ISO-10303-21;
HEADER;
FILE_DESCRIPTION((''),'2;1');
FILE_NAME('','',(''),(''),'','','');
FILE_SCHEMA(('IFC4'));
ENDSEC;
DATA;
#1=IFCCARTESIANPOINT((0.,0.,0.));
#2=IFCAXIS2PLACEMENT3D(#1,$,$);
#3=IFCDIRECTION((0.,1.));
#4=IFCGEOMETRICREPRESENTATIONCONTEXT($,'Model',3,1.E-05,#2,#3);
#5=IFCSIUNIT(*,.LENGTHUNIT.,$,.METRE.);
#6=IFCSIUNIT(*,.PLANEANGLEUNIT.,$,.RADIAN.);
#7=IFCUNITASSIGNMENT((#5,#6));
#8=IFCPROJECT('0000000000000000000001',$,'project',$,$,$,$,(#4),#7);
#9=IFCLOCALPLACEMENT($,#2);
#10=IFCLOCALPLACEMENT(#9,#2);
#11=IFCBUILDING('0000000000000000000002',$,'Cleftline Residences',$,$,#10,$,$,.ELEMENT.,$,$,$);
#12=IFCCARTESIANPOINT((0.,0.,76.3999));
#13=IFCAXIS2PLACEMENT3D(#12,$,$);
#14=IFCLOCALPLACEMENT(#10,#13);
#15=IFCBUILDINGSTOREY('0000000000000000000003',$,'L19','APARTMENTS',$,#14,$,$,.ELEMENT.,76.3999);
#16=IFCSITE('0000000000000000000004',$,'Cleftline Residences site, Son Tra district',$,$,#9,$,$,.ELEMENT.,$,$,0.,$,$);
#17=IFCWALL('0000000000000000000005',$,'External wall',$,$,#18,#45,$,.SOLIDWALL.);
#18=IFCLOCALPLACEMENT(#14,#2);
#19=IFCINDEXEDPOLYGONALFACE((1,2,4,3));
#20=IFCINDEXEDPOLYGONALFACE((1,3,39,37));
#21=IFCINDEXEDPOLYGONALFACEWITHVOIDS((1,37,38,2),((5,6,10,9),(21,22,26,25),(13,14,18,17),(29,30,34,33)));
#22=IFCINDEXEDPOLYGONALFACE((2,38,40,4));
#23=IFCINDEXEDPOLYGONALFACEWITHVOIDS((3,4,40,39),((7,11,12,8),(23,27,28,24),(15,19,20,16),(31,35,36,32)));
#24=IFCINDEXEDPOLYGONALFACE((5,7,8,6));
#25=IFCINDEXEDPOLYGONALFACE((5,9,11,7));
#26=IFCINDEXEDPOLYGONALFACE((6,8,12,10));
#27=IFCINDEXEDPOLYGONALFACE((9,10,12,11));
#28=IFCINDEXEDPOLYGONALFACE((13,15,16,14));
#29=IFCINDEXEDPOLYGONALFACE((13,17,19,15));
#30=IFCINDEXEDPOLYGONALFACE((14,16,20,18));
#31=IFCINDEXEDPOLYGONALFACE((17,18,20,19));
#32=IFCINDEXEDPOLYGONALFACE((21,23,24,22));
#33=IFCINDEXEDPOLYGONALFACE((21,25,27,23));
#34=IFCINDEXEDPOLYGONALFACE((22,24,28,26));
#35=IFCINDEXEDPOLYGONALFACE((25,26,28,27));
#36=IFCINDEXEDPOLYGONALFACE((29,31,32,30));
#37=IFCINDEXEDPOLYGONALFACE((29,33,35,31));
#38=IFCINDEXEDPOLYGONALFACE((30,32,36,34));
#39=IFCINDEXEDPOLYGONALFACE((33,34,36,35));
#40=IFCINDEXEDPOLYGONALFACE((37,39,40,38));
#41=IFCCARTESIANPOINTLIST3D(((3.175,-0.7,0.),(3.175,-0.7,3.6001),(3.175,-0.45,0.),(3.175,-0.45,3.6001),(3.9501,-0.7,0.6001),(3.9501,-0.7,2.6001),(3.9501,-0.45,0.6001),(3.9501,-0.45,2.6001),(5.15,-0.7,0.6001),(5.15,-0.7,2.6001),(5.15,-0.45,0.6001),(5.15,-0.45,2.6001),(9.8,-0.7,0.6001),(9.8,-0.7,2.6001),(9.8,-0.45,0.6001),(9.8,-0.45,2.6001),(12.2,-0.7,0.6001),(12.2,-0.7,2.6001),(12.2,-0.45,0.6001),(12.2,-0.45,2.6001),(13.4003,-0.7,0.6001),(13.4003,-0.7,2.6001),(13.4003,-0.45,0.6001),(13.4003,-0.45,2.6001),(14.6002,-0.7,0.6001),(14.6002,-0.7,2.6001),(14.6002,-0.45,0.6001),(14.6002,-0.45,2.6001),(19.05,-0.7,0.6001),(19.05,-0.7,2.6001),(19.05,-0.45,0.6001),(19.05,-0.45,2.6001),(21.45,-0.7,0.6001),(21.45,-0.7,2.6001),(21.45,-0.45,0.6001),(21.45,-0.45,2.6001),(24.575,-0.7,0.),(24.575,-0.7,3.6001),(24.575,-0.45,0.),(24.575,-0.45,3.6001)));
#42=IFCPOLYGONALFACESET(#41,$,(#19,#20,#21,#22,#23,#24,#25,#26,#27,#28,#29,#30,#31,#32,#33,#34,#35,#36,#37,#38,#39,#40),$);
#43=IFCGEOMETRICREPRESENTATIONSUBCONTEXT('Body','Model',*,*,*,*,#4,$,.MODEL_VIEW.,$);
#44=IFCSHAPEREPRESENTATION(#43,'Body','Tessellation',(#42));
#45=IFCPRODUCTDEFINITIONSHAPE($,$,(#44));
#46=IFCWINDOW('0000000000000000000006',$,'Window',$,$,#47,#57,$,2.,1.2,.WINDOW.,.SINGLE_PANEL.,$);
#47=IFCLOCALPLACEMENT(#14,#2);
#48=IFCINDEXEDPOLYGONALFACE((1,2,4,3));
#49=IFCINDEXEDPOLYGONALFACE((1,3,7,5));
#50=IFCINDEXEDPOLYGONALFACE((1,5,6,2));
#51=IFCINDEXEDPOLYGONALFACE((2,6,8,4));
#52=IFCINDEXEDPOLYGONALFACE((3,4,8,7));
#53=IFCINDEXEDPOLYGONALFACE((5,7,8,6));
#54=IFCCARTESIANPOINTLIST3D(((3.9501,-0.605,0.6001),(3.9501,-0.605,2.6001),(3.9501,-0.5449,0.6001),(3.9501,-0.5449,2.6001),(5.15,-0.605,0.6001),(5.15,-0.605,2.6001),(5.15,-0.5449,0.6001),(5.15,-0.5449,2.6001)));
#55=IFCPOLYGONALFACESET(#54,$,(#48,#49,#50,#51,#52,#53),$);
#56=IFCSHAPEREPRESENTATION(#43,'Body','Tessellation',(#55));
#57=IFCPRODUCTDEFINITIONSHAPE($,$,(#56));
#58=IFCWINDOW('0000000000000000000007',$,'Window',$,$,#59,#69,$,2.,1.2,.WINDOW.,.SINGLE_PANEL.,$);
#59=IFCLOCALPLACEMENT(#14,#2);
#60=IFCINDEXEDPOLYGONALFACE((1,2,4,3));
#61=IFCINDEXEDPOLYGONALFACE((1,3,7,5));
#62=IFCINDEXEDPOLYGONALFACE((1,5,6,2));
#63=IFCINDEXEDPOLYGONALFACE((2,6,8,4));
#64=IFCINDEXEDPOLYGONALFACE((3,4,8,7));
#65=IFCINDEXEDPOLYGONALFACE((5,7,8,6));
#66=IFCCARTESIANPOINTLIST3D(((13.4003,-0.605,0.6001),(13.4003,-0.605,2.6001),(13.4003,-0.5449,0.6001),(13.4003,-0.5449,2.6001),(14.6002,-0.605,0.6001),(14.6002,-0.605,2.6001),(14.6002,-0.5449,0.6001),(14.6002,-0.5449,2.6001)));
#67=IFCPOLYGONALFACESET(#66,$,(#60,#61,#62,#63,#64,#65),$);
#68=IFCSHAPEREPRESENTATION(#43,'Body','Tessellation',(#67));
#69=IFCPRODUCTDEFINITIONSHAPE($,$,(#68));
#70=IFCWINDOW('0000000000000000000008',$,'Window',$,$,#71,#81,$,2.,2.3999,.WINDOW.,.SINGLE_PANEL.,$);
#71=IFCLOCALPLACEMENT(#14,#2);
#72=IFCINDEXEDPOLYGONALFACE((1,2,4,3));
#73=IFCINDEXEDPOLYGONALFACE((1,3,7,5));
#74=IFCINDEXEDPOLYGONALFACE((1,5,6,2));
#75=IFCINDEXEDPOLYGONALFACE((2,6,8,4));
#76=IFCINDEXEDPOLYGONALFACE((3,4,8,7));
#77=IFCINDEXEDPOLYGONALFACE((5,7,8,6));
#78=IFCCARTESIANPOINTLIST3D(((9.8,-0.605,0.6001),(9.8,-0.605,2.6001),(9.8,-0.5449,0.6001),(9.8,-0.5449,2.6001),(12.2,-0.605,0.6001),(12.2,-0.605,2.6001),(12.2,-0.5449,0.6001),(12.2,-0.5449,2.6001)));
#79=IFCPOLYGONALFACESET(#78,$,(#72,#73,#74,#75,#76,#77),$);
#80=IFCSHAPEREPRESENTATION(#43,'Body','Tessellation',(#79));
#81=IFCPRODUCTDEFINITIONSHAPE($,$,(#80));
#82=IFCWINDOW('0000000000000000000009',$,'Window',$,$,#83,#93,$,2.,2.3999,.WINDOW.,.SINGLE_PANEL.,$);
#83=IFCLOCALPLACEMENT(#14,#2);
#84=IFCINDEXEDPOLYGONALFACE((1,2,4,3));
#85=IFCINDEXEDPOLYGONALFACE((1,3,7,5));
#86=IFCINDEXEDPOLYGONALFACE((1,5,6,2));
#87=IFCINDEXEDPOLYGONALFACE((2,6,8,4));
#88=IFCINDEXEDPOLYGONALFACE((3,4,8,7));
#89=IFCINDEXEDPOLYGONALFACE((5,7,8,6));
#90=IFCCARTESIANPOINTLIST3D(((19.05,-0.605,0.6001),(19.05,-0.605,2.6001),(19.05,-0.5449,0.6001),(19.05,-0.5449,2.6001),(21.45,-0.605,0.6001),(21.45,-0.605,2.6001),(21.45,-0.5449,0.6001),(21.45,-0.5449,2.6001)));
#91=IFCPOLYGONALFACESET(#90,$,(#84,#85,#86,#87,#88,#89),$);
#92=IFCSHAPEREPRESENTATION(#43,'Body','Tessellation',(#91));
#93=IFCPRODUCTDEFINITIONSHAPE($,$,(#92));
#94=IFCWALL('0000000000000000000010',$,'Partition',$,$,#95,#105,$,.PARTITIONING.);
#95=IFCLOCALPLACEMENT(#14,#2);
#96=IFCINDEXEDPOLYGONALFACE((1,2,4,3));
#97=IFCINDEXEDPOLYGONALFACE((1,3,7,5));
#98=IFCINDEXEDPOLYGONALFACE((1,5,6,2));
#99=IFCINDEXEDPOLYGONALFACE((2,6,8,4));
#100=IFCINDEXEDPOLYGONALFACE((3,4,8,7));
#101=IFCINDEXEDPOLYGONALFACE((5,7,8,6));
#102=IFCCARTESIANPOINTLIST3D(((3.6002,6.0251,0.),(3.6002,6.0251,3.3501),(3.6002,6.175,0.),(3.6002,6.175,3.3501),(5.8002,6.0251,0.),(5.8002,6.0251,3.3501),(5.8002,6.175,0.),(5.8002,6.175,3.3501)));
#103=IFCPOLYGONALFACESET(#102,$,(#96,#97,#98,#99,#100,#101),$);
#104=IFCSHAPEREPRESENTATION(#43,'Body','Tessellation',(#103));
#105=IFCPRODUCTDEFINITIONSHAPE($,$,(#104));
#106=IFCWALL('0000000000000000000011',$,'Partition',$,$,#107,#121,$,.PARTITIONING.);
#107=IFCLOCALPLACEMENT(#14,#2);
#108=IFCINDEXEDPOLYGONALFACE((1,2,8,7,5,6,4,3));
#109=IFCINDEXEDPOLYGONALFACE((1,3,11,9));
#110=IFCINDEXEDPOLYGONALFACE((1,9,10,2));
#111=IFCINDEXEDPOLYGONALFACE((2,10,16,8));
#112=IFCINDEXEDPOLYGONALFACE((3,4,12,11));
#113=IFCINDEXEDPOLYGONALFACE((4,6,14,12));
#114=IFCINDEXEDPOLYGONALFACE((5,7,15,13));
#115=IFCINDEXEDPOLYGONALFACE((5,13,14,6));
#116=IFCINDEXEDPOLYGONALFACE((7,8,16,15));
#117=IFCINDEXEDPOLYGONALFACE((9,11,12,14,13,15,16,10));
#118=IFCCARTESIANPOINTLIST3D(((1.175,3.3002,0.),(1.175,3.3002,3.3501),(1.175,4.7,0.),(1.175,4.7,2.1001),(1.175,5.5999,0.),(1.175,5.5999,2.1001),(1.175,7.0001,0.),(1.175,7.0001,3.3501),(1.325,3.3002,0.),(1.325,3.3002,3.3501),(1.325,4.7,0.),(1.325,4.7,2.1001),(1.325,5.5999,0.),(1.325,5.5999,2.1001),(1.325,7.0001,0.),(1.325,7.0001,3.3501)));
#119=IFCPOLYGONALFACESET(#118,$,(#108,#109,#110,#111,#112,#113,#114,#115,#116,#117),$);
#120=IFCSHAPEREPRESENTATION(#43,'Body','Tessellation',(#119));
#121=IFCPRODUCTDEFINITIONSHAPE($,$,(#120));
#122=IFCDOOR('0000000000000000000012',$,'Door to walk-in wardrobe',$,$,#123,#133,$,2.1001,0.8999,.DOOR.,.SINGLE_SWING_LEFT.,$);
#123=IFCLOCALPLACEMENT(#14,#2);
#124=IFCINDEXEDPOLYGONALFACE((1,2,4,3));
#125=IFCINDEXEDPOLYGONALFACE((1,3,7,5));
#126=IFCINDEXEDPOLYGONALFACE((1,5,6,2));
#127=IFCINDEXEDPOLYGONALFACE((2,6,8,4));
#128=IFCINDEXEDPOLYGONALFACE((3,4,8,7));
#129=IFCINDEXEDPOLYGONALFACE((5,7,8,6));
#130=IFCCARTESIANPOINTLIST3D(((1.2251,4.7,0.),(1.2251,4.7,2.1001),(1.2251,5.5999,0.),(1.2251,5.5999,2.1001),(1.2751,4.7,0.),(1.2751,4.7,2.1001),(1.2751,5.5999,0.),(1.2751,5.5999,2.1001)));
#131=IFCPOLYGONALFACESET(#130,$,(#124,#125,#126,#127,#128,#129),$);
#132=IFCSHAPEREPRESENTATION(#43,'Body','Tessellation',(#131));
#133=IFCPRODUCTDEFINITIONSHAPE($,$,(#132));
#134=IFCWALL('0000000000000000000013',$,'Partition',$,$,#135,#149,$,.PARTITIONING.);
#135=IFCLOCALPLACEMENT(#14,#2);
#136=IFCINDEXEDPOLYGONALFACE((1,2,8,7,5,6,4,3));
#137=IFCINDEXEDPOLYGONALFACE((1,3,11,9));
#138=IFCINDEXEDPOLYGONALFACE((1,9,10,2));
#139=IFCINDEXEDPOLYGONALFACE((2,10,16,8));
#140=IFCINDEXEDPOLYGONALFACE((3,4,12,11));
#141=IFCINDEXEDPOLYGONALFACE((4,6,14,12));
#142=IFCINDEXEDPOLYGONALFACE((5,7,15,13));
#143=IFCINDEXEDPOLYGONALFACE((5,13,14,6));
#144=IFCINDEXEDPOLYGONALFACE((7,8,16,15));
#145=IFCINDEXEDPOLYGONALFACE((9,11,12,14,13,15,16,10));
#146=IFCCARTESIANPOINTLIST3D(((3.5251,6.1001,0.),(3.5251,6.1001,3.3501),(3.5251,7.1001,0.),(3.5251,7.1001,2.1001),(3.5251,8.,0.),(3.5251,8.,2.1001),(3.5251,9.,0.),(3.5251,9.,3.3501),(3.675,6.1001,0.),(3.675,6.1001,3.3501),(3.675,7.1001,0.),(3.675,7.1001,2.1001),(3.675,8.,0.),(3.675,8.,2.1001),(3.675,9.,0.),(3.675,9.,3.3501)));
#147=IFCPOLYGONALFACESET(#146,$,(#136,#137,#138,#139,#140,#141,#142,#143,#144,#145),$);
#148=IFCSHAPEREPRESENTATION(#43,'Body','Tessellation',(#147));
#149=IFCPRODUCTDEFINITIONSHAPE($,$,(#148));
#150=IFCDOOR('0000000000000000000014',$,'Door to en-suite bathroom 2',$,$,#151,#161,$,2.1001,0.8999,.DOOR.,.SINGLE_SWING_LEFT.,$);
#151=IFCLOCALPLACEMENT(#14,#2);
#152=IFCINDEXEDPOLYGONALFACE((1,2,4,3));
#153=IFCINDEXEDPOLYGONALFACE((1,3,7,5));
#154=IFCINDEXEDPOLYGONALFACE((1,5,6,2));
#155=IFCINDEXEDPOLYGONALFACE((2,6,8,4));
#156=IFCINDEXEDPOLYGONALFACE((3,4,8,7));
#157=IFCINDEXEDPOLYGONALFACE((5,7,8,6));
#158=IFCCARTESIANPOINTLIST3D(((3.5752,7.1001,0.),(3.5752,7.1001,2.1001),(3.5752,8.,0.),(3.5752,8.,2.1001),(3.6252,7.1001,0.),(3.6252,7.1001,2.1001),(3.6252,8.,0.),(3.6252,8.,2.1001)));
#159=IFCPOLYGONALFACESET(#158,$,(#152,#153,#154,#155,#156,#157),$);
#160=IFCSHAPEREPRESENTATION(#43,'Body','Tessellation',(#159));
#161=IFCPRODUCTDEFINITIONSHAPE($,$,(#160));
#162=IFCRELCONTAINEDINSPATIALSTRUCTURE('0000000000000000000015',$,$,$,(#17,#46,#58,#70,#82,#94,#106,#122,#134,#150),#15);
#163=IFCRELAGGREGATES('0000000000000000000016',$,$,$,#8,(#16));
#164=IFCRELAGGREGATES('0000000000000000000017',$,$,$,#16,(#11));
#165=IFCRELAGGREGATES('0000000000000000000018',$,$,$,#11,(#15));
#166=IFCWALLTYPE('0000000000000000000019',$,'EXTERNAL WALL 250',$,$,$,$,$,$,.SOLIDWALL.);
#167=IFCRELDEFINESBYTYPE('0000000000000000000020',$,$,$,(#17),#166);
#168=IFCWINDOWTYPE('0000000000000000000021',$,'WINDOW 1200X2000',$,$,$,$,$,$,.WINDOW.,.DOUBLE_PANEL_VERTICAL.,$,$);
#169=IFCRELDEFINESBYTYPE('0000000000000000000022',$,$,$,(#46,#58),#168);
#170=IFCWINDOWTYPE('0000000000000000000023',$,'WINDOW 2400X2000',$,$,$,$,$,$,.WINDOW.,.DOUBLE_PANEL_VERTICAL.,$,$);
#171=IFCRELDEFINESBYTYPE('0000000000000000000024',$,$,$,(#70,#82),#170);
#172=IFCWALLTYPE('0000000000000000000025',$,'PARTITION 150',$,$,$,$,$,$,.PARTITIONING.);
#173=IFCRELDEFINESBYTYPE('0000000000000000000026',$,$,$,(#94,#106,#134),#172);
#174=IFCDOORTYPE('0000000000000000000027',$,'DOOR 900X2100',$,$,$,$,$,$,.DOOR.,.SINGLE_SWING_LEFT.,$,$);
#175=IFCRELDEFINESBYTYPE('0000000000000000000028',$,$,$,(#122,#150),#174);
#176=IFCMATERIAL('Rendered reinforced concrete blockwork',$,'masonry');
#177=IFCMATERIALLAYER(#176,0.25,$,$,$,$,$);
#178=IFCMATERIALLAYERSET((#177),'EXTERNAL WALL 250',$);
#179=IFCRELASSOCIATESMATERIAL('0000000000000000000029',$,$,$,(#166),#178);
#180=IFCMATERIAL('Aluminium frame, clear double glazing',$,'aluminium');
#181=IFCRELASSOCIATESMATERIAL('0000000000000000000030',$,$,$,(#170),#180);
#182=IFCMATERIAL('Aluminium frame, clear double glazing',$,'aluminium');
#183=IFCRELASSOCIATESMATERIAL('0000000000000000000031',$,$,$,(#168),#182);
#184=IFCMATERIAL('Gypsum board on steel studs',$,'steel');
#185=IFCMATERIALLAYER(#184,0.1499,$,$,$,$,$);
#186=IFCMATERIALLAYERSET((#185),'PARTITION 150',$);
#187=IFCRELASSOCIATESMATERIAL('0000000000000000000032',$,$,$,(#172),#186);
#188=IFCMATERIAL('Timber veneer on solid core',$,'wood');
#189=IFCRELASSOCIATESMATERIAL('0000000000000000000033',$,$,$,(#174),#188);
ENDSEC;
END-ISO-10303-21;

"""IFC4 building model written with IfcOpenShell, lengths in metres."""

from ifc_helpers import new_model, si_unit, direction, frame, frame_2d, origin, place, context, subcontext, project, spatial, rectangle, extrude, material, layer, layer_set, type_object, element, fill, save


model = new_model("IFC4")

# Units and contexts
model_context = context("Model", 3, precision=1e-05, world=origin(), true_north=direction((0.0, 1.0)))
body_context = subcontext(model_context, "Body", "Model", "MODEL_VIEW")
ifc_project = project(units=[si_unit("LENGTHUNIT", "METRE"), si_unit("PLANEANGLEUNIT", "RADIAN")], contexts=[model_context])

# Site, building, storey
site_placement = place(None, origin())
site = spatial("IfcSite", under=ifc_project, at=site_placement, Name="Cleftline Residences site, Son Tra district", CompositionType="ELEMENT", RefElevation=0.0)
building_placement = place(site_placement, origin())
building = spatial("IfcBuilding", under=site, at=building_placement, Name="Cleftline Residences", CompositionType="ELEMENT")
storey_placement = place(building_placement, frame((0.0, 0.0, 76.3999)))
storey = spatial("IfcBuildingStorey", under=building, at=storey_placement, Name="L19", Description="APARTMENTS", CompositionType="ELEMENT", Elevation=76.3999)

# Shared definitions
ifc_material_1 = material(Name="Rendered reinforced concrete blockwork", Category="masonry")
ifc_layer_1 = layer(ifc_material_1, 0.25)
ifc_layer_set_1 = layer_set([ifc_layer_1], Name="EXTERNAL WALL 250")
wall_type_1 = type_object("IfcWallType", Name="EXTERNAL WALL 250", PredefinedType="SOLIDWALL", material=ifc_layer_set_1)
ifc_material_2 = material(Name="Aluminium frame, clear double glazing", Category="aluminium")
window_type_1 = type_object("IfcWindowType", Name="WINDOW 2400X2000", PartitioningType="DOUBLE_PANEL_VERTICAL", PredefinedType="WINDOW", material=ifc_material_2)

# Wall, openings, windows
wall_1_placement = place(storey_placement, frame((3.175, -0.575, 0.0), z_axis=(0.0, 0.0, 1.0), x_axis=(1.0, 0.0, 0.0)))
wall_1 = element("IfcWall", 1, at=wall_1_placement, inside=storey, type_object=wall_type_1, Name="External wall", PredefinedType="SOLIDWALL", context=body_context, shape_type="SweptSolid", body=[
    extrude(rectangle(XDim=21.3999, YDim=0.25, at=frame_2d((10.7, 0.0))), origin(), (0.0, 0.0, 1.0), 3.6001),
])
opening_1_placement = place(wall_1_placement, frame((0.7749, 0.0, 0.6001)))
opening_1 = element("IfcOpeningElement", 2, at=opening_1_placement, cuts=wall_1, PredefinedType="OPENING", context=body_context, shape_type="SweptSolid", body=[
    extrude(rectangle(XDim=1.2, YDim=2.0, at=frame_2d((0.6001, 1.0))), frame((0.0, 0.135, 0.0), z_axis=(0.0, -1.0, 0.0), x_axis=(1.0, 0.0, 0.0)), (0.0, 0.0, 1.0), 0.27),
])
opening_2_placement = place(wall_1_placement, frame((6.625, 0.0, 0.6001)))
opening_2 = element("IfcOpeningElement", 3, at=opening_2_placement, cuts=wall_1, PredefinedType="OPENING", context=body_context, shape_type="SweptSolid", body=[
    extrude(rectangle(XDim=2.3999, YDim=2.0, at=frame_2d((1.2, 1.0))), frame((0.0, 0.135, 0.0), z_axis=(0.0, -1.0, 0.0), x_axis=(1.0, 0.0, 0.0)), (0.0, 0.0, 1.0), 0.27),
])
opening_3_placement = place(wall_1_placement, frame((10.2251, 0.0, 0.6001)))
opening_3 = element("IfcOpeningElement", 4, at=opening_3_placement, cuts=wall_1, PredefinedType="OPENING", context=body_context, shape_type="SweptSolid", body=[
    extrude(rectangle(XDim=1.2, YDim=2.0, at=frame_2d((0.6001, 1.0))), frame((0.0, 0.135, 0.0), z_axis=(0.0, -1.0, 0.0), x_axis=(1.0, 0.0, 0.0)), (0.0, 0.0, 1.0), 0.27),
])
opening_4_placement = place(wall_1_placement, frame((15.875, 0.0, 0.6001)))
opening_4 = element("IfcOpeningElement", 5, at=opening_4_placement, cuts=wall_1, PredefinedType="OPENING", context=body_context, shape_type="SweptSolid", body=[
    extrude(rectangle(XDim=2.3999, YDim=2.0, at=frame_2d((1.2, 1.0))), frame((0.0, 0.135, 0.0), z_axis=(0.0, -1.0, 0.0), x_axis=(1.0, 0.0, 0.0)), (0.0, 0.0, 1.0), 0.27),
])
ifc_material_3 = material(Name="Aluminium frame, clear double glazing", Category="aluminium")
window_type_2 = type_object("IfcWindowType", Name="WINDOW 1200X2000", PartitioningType="DOUBLE_PANEL_VERTICAL", PredefinedType="WINDOW", material=ifc_material_3)
window_1_placement = place(opening_1_placement, origin())
window_1 = element("IfcWindow", 6, at=window_1_placement, inside=storey, type_object=window_type_2, Name="Window", OverallHeight=2.0, OverallWidth=1.2, PartitioningType="SINGLE_PANEL", PredefinedType="WINDOW", context=body_context, shape_type="SweptSolid", body=[
    extrude(rectangle(XDim=1.2, YDim=2.0, at=frame_2d((0.6001, 1.0))), frame((0.0, 0.03, 0.0), z_axis=(0.0, -1.0, 0.0), x_axis=(1.0, 0.0, 0.0)), (0.0, 0.0, 1.0), 0.0601),
])
fill(opening_1, window_1)
window_2_placement = place(opening_3_placement, origin())
window_2 = element("IfcWindow", 7, at=window_2_placement, inside=storey, type_object=window_type_2, Name="Window", OverallHeight=2.0, OverallWidth=1.2, PartitioningType="SINGLE_PANEL", PredefinedType="WINDOW", context=body_context, shape_type="SweptSolid", body=[
    extrude(rectangle(XDim=1.2, YDim=2.0, at=frame_2d((0.6001, 1.0))), frame((0.0, 0.03, 0.0), z_axis=(0.0, -1.0, 0.0), x_axis=(1.0, 0.0, 0.0)), (0.0, 0.0, 1.0), 0.0601),
])
fill(opening_3, window_2)
window_3_placement = place(opening_2_placement, origin())
window_3 = element("IfcWindow", 8, at=window_3_placement, inside=storey, type_object=window_type_1, Name="Window", OverallHeight=2.0, OverallWidth=2.3999, PartitioningType="SINGLE_PANEL", PredefinedType="WINDOW", context=body_context, shape_type="SweptSolid", body=[
    extrude(rectangle(XDim=2.3999, YDim=2.0, at=frame_2d((1.2, 1.0))), frame((0.0, 0.03, 0.0), z_axis=(0.0, -1.0, 0.0), x_axis=(1.0, 0.0, 0.0)), (0.0, 0.0, 1.0), 0.0601),
])
fill(opening_2, window_3)
window_4_placement = place(opening_4_placement, origin())
window_4 = element("IfcWindow", 9, at=window_4_placement, inside=storey, type_object=window_type_1, Name="Window", OverallHeight=2.0, OverallWidth=2.3999, PartitioningType="SINGLE_PANEL", PredefinedType="WINDOW", context=body_context, shape_type="SweptSolid", body=[
    extrude(rectangle(XDim=2.3999, YDim=2.0, at=frame_2d((1.2, 1.0))), frame((0.0, 0.03, 0.0), z_axis=(0.0, -1.0, 0.0), x_axis=(1.0, 0.0, 0.0)), (0.0, 0.0, 1.0), 0.0601),
])
fill(opening_4, window_4)

# Wall
ifc_material_4 = material(Name="Gypsum board on steel studs", Category="steel")
ifc_layer_2 = layer(ifc_material_4, 0.1499)
ifc_layer_set_2 = layer_set([ifc_layer_2], Name="PARTITION 150")
wall_type_2 = type_object("IfcWallType", Name="PARTITION 150", PredefinedType="PARTITIONING", material=ifc_layer_set_2)
wall_2_placement = place(storey_placement, frame((3.6001, 6.1001, 0.0), z_axis=(0.0, 0.0, 1.0), x_axis=(1.0, 0.0, 0.0)))
element("IfcWall", 10, at=wall_2_placement, inside=storey, type_object=wall_type_2, Name="Partition", PredefinedType="PARTITIONING", context=body_context, shape_type="SweptSolid", body=[
    extrude(rectangle(XDim=2.2, YDim=0.1499, at=frame_2d((1.1001, 0.0))), origin(), (0.0, 0.0, 1.0), 3.3501),
])

# Walls, openings, doors
wall_3_placement = place(storey_placement, frame((1.25, 3.3, 0.0), z_axis=(0.0, 0.0, 1.0), x_axis=(0.0, 1.0, 0.0)))
wall_3 = element("IfcWall", 11, at=wall_3_placement, inside=storey, type_object=wall_type_2, Name="Partition", PredefinedType="PARTITIONING", context=body_context, shape_type="SweptSolid", body=[
    extrude(rectangle(XDim=3.7, YDim=0.1499, at=frame_2d((1.8501, 0.0))), origin(), (0.0, 0.0, 1.0), 3.3501),
])
opening_5_placement = place(wall_3_placement, frame((1.3999, 0.0, 0.0)))
opening_5 = element("IfcOpeningElement", 12, at=opening_5_placement, cuts=wall_3, PredefinedType="OPENING", context=body_context, shape_type="SweptSolid", body=[
    extrude(rectangle(XDim=0.8999, YDim=2.1001, at=frame_2d((0.45, 1.05))), frame((0.0, 0.085, 0.0), z_axis=(0.0, -1.0, 0.0), x_axis=(1.0, 0.0, 0.0)), (0.0, 0.0, 1.0), 0.1699),
])
ifc_material_5 = material(Name="Timber veneer on solid core", Category="wood")
door_type = type_object("IfcDoorType", Name="DOOR 900X2100", OperationType="SINGLE_SWING_LEFT", PredefinedType="DOOR", material=ifc_material_5)
door_1_placement = place(opening_5_placement, origin())
door_1 = element("IfcDoor", 13, at=door_1_placement, inside=storey, type_object=door_type, Name="Door to walk-in wardrobe", OperationType="SINGLE_SWING_LEFT", OverallHeight=2.1001, OverallWidth=0.8999, PredefinedType="DOOR", context=body_context, shape_type="SweptSolid", body=[
    extrude(rectangle(XDim=0.8999, YDim=2.1001, at=frame_2d((0.45, 1.05))), frame((0.0, 0.0249, 0.0), z_axis=(0.0, -1.0, 0.0), x_axis=(1.0, 0.0, 0.0)), (0.0, 0.0, 1.0), 0.05),
])
fill(opening_5, door_1)
wall_4_placement = place(storey_placement, frame((3.6001, 6.1001, 0.0), z_axis=(0.0, 0.0, 1.0), x_axis=(0.0, 1.0, 0.0)))
wall_4 = element("IfcWall", 14, at=wall_4_placement, inside=storey, type_object=wall_type_2, Name="Partition", PredefinedType="PARTITIONING", context=body_context, shape_type="SweptSolid", body=[
    extrude(rectangle(XDim=2.8999, YDim=0.1499, at=frame_2d((1.45, 0.0))), origin(), (0.0, 0.0, 1.0), 3.3501),
])
opening_6_placement = place(wall_4_placement, frame((1.0, 0.0, 0.0)))
opening_6 = element("IfcOpeningElement", 15, at=opening_6_placement, cuts=wall_4, PredefinedType="OPENING", context=body_context, shape_type="SweptSolid", body=[
    extrude(rectangle(XDim=0.8999, YDim=2.1001, at=frame_2d((0.45, 1.05))), frame((0.0, 0.085, 0.0), z_axis=(0.0, -1.0, 0.0), x_axis=(1.0, 0.0, 0.0)), (0.0, 0.0, 1.0), 0.1699),
])
door_2_placement = place(opening_6_placement, origin())
door_2 = element("IfcDoor", 16, at=door_2_placement, inside=storey, type_object=door_type, Name="Door to en-suite bathroom 2", OperationType="SINGLE_SWING_LEFT", OverallHeight=2.1001, OverallWidth=0.8999, PredefinedType="DOOR", context=body_context, shape_type="SweptSolid", body=[
    extrude(rectangle(XDim=0.8999, YDim=2.1001, at=frame_2d((0.45, 1.05))), frame((0.0, 0.0249, 0.0), z_axis=(0.0, -1.0, 0.0), x_axis=(1.0, 0.0, 0.0)), (0.0, 0.0, 1.0), 0.05),
])
fill(opening_6, door_2)

save(model, "model.ifc")
